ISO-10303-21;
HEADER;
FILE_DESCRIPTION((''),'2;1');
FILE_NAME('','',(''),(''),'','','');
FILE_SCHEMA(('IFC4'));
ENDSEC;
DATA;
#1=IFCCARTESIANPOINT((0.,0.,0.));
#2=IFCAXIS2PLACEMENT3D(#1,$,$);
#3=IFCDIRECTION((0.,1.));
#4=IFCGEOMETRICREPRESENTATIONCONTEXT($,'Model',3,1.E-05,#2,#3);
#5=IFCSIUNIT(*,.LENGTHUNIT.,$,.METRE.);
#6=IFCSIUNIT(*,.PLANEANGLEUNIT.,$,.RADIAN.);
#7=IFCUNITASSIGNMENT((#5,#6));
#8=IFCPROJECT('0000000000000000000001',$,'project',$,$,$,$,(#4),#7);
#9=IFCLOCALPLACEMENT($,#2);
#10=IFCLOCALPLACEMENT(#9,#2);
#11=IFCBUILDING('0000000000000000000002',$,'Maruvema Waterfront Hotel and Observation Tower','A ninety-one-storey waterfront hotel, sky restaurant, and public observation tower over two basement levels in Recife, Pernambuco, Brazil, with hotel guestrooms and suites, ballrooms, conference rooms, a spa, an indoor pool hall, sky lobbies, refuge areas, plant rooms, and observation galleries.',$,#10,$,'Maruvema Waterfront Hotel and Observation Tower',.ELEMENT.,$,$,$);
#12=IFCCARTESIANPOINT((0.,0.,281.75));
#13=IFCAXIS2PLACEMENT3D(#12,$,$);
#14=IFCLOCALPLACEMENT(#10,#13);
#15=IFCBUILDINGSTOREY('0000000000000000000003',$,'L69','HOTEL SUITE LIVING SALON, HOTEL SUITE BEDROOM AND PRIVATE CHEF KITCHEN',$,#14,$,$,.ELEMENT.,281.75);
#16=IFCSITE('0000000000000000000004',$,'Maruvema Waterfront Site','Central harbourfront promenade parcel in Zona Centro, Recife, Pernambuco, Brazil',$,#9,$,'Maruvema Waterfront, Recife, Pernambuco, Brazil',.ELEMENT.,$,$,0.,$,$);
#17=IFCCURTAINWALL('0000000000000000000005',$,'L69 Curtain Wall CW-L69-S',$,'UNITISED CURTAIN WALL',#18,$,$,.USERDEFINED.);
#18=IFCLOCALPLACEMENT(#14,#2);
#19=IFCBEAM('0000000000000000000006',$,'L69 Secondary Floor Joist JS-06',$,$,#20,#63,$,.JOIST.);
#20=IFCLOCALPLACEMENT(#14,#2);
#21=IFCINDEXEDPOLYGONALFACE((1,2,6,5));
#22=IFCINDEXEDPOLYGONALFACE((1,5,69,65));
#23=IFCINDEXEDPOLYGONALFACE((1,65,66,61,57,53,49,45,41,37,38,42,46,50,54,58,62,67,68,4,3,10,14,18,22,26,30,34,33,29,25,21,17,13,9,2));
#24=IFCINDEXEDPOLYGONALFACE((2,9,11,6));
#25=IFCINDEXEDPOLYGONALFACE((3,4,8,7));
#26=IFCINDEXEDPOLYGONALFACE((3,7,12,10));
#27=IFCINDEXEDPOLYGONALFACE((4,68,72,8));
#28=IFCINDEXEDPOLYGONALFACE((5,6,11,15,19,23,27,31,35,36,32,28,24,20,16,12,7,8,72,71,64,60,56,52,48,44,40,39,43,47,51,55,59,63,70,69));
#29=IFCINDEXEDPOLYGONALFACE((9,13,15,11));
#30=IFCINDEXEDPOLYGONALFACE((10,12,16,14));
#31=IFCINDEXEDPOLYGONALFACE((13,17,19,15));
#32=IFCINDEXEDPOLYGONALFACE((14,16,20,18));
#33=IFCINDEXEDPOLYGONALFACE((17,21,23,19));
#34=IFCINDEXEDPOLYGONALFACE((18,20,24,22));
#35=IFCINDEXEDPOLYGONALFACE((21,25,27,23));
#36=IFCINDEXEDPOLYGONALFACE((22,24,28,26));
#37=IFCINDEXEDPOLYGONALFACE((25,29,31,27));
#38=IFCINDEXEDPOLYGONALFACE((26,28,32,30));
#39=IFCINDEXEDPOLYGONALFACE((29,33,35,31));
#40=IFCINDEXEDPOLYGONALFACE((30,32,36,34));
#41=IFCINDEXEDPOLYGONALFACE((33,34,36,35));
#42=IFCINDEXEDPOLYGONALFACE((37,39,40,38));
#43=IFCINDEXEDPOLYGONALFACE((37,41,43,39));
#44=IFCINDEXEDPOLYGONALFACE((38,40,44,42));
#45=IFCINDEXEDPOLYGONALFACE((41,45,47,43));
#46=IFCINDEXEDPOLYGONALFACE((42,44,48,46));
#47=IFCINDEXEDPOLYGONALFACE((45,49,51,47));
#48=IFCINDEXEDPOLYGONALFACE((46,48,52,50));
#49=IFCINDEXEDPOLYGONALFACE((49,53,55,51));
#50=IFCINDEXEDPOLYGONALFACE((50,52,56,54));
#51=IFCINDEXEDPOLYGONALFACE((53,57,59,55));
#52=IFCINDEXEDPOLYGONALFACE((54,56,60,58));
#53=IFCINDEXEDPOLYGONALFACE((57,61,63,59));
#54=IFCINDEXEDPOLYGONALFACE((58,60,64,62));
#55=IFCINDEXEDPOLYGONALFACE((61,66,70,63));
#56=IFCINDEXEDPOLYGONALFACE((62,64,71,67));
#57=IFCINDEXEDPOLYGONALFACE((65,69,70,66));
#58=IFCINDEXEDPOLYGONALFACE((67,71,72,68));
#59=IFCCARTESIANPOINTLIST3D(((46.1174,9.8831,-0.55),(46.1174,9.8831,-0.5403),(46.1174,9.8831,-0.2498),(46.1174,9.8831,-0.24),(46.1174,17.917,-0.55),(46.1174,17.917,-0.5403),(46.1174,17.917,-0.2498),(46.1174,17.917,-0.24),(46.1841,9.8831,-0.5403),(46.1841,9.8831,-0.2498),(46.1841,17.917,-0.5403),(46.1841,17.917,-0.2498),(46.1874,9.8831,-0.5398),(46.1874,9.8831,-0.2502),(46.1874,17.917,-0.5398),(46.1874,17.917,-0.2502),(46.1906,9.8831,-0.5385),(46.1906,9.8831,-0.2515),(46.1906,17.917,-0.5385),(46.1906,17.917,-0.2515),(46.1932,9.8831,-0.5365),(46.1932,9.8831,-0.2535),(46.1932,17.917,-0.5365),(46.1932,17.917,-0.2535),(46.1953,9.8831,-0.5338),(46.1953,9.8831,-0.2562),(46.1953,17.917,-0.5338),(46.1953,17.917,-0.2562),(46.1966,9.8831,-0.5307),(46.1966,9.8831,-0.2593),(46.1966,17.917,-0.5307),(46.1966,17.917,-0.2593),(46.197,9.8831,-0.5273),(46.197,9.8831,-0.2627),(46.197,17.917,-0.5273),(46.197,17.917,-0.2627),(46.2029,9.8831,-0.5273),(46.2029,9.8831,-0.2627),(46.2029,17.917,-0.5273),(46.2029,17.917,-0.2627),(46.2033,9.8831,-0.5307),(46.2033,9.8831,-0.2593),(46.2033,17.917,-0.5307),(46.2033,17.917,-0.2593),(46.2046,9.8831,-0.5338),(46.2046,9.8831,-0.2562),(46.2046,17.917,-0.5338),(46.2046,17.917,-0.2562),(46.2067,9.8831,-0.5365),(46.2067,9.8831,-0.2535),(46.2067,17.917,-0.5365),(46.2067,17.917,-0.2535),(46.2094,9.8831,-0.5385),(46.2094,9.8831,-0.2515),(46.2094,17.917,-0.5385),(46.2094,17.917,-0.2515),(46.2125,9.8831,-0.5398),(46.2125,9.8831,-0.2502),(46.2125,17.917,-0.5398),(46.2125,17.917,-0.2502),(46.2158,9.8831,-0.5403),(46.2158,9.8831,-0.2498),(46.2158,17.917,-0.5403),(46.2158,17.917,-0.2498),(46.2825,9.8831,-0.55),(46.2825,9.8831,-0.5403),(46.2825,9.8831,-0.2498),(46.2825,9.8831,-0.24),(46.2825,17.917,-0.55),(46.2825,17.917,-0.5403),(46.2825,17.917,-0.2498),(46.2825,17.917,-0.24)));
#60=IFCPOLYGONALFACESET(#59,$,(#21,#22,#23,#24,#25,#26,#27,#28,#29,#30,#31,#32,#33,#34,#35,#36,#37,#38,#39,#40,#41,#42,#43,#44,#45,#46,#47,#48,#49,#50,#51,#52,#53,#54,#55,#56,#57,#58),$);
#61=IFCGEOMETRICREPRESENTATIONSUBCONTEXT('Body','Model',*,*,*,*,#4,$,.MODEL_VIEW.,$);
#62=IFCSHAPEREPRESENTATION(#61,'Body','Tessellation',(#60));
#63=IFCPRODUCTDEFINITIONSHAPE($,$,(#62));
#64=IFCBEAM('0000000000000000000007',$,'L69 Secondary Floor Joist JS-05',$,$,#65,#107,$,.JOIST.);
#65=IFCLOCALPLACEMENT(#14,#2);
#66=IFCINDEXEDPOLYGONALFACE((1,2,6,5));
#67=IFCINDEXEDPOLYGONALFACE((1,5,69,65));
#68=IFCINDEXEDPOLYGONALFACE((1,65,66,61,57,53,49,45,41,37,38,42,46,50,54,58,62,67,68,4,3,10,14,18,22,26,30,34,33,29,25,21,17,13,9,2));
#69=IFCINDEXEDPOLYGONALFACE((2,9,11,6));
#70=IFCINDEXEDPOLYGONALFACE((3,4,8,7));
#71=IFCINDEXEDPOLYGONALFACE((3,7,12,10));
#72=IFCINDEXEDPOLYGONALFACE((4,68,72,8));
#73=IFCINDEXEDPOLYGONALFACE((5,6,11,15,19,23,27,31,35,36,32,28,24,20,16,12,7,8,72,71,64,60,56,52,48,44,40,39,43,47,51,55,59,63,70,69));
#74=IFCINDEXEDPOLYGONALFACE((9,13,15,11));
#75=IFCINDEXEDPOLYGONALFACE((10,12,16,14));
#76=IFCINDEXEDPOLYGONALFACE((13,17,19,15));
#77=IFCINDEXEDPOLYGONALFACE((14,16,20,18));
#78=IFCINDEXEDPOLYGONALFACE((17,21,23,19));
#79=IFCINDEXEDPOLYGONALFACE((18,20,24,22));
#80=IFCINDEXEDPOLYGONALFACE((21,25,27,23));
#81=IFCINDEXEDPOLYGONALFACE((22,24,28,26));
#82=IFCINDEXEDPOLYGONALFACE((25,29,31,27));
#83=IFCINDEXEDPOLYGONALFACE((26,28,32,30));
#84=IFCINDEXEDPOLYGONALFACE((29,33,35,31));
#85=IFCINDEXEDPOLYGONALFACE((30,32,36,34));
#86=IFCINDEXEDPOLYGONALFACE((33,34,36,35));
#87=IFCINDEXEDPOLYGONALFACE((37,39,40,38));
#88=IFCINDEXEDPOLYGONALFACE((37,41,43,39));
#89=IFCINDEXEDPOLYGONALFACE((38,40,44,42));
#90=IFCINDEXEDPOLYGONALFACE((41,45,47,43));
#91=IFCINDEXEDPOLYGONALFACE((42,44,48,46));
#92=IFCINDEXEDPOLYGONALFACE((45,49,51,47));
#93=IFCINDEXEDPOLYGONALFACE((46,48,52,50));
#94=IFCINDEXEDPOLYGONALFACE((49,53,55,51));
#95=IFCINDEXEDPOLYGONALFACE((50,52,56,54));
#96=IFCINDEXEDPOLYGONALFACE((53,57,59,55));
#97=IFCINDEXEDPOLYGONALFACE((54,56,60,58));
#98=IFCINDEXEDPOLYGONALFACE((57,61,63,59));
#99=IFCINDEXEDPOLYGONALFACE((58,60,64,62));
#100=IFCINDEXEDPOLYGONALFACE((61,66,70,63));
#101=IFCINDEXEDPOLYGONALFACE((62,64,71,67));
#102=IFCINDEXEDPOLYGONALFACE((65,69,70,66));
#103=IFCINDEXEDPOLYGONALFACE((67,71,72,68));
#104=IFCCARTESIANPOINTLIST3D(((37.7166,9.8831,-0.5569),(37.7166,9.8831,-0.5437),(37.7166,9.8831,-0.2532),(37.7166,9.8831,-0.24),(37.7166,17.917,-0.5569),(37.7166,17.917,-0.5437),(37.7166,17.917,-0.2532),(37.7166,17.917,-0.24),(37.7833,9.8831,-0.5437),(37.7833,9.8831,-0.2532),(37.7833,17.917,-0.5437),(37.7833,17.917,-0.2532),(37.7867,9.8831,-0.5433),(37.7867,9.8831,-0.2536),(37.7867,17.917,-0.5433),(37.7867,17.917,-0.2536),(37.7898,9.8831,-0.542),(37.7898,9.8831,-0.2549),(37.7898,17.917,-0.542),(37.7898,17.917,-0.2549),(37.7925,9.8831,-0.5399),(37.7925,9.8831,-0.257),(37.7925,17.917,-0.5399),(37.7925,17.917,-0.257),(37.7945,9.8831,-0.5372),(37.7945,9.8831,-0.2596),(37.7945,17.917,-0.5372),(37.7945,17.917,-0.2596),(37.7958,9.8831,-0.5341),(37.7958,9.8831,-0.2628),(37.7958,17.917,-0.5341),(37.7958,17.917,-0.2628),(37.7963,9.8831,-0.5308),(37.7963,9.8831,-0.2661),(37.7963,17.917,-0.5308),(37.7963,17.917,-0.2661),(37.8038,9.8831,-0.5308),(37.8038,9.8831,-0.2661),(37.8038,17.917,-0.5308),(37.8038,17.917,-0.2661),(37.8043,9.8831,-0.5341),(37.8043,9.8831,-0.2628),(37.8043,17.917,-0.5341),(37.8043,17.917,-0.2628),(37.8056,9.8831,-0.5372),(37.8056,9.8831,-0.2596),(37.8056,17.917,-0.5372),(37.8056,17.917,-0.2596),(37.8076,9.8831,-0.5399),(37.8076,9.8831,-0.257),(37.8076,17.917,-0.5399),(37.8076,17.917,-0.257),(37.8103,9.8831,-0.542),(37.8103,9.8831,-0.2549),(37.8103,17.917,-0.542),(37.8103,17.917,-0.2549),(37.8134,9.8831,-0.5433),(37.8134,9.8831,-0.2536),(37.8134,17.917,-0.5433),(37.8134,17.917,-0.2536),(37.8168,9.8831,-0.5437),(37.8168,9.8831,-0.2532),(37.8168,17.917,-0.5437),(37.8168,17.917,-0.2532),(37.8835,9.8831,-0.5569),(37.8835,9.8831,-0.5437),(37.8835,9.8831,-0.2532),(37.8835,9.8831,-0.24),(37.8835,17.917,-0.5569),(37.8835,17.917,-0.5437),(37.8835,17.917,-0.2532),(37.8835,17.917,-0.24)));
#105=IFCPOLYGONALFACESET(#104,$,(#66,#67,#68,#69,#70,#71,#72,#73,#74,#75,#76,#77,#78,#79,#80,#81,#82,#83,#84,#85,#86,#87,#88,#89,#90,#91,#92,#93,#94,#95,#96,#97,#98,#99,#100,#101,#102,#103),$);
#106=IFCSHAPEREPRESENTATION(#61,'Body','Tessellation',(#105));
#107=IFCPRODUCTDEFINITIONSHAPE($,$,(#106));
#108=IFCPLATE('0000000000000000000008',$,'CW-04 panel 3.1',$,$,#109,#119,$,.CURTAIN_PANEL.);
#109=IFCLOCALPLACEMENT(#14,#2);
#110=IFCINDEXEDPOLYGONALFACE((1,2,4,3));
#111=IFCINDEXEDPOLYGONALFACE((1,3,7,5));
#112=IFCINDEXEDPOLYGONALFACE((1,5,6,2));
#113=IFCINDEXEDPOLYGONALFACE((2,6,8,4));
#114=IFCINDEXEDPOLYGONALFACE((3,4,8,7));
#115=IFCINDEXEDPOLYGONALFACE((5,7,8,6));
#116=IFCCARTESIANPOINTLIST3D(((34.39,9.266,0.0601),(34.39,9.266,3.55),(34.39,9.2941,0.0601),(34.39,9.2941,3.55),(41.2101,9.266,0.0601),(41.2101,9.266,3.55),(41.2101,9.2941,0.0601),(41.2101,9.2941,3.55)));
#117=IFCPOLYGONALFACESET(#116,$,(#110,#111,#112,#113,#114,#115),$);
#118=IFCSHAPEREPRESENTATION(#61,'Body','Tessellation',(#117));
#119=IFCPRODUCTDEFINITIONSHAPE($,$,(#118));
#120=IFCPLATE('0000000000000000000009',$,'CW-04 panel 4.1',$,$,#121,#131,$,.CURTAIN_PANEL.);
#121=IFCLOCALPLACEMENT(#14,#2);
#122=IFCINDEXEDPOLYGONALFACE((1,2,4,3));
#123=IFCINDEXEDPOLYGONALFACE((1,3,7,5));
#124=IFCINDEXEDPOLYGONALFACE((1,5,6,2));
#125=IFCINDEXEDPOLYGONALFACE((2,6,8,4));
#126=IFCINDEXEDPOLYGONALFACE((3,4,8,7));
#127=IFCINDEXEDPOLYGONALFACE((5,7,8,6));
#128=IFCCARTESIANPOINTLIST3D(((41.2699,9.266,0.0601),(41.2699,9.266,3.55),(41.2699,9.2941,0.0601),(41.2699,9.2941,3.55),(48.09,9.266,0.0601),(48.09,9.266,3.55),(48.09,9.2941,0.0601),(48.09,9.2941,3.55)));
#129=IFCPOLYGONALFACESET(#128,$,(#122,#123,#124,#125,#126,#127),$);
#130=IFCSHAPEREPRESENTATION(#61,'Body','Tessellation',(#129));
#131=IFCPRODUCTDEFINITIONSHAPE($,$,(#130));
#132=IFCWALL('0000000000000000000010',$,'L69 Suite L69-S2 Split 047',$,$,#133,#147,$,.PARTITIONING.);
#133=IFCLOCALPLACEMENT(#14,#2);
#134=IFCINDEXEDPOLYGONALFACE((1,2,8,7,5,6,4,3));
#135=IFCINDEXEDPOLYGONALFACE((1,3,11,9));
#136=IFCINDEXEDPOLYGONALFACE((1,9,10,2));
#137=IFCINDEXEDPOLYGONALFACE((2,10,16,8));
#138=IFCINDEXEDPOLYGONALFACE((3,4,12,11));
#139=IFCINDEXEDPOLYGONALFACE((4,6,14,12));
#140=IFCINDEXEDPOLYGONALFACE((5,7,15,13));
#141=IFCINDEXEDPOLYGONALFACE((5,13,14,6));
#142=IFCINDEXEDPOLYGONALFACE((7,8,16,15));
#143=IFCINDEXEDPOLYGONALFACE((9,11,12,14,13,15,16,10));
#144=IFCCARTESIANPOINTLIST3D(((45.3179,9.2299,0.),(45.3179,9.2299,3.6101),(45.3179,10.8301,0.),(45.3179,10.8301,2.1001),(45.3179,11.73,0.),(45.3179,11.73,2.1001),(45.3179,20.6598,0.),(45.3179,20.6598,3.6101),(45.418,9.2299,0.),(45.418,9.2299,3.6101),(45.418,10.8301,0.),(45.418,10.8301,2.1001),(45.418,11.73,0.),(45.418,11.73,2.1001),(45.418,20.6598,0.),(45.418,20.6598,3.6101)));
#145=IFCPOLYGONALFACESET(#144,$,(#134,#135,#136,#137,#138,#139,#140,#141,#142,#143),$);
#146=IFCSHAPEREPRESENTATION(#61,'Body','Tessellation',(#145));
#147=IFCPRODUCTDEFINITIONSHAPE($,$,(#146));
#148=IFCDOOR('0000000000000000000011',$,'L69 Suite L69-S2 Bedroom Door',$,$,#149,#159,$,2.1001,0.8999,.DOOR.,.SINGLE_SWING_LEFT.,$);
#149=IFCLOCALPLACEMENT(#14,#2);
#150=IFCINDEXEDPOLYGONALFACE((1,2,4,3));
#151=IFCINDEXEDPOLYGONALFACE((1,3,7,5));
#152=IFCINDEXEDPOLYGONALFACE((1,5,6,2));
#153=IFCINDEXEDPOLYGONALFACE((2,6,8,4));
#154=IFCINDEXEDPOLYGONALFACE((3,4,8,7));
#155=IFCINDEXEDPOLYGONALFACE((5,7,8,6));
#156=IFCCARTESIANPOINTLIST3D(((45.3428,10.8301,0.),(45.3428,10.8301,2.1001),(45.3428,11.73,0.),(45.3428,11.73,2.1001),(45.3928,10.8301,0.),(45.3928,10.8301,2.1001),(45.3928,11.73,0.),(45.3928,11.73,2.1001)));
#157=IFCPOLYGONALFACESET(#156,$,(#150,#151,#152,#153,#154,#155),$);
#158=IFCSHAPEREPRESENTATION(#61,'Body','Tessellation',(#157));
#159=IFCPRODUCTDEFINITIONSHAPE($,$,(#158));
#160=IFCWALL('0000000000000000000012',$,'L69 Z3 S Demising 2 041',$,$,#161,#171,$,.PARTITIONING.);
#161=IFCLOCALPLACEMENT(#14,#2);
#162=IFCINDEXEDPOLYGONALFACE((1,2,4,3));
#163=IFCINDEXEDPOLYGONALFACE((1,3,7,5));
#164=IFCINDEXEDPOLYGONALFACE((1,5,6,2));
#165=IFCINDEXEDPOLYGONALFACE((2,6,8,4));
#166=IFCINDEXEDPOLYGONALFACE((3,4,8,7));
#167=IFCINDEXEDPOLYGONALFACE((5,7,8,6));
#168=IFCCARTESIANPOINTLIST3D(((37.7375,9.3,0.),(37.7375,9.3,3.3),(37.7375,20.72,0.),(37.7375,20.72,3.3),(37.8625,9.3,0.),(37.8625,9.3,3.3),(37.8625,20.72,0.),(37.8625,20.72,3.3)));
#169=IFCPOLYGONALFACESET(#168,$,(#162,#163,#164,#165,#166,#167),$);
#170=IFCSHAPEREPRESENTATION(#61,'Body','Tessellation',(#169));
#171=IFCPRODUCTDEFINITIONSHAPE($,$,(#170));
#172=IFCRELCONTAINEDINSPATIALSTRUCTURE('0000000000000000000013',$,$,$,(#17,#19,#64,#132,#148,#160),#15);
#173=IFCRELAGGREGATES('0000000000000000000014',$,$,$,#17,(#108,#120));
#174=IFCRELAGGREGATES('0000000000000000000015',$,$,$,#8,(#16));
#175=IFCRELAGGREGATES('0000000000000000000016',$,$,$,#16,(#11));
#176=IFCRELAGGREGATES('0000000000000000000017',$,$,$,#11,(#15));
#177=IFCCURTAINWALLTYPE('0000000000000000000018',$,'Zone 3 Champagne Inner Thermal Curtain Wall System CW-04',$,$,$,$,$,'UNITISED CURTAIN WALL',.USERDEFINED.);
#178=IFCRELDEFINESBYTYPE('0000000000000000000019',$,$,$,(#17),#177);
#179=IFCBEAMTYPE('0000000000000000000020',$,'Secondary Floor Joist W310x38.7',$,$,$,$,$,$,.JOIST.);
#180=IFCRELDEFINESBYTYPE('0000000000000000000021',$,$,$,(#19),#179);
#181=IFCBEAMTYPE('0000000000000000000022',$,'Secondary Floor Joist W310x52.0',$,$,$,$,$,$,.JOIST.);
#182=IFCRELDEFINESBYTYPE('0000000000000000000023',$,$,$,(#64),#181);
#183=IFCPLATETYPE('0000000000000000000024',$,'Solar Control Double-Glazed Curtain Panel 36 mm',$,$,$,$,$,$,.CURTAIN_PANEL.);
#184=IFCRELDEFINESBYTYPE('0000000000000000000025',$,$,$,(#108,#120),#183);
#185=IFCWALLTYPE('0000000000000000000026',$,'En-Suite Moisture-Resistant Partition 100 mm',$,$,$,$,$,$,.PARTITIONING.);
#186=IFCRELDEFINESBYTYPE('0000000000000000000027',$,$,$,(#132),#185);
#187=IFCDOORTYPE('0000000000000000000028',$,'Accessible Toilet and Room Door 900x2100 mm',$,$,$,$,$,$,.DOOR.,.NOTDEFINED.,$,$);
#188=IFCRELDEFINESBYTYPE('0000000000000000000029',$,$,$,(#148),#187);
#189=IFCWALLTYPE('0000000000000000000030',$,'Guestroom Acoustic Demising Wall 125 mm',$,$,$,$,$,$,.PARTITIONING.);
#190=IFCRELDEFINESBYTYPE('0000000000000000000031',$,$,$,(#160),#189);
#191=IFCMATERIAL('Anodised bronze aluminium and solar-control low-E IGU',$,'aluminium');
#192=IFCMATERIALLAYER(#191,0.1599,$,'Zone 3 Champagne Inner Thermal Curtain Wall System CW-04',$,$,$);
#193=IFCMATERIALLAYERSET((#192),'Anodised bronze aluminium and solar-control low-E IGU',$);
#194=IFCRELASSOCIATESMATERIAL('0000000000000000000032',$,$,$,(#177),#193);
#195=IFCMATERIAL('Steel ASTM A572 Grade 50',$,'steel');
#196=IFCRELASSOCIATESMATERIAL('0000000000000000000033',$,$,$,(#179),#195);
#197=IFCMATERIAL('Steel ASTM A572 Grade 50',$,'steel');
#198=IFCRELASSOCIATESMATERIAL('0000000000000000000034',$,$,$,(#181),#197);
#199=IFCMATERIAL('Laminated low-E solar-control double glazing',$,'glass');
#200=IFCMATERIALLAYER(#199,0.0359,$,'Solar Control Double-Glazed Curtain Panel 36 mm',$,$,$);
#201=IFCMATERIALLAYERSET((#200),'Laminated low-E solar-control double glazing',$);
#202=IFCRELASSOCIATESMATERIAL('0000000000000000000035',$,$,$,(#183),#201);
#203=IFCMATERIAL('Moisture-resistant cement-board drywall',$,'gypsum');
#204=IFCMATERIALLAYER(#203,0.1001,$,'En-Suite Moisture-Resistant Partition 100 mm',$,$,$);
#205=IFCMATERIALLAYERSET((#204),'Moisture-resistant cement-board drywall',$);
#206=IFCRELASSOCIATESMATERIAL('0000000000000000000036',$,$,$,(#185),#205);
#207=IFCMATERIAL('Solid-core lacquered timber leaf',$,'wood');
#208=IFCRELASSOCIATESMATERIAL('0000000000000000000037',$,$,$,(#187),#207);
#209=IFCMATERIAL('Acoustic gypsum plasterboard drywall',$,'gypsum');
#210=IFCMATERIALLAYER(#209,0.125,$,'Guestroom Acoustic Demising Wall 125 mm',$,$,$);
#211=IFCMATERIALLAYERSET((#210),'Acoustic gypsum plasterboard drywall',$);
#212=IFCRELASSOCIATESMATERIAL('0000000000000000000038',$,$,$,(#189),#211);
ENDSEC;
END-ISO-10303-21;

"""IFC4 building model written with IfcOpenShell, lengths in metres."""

from ifc_helpers import new_model, si_unit, direction, frame, frame_2d, origin, origin_2d, place, context, subcontext, project, spatial, rectangle, i_section, extrude, material, layer, layer_set, material_profile, profile_set, type_object, element, fill, aggregate, save


model = new_model("IFC4")

# Units and contexts
model_context = context("Model", 3, precision=1e-05, world=origin(), true_north=direction((0.0, 1.0)))
body_context = subcontext(model_context, "Body", "Model", "MODEL_VIEW")
ifc_project = project(units=[si_unit("LENGTHUNIT", "METRE"), si_unit("PLANEANGLEUNIT", "RADIAN")], contexts=[model_context])

# Site, building, storey
site_placement = place(None, origin())
site = spatial("IfcSite", under=ifc_project, at=site_placement, Name="Maruvema Waterfront Site", Description="Central harbourfront promenade parcel in Zona Centro, Recife, Pernambuco, Brazil", LongName="Maruvema Waterfront, Recife, Pernambuco, Brazil", CompositionType="ELEMENT", RefElevation=0.0)
building_placement = place(site_placement, origin())
building = spatial("IfcBuilding", under=site, at=building_placement, Name="Maruvema Waterfront Hotel and Observation Tower", Description="A ninety-one-storey waterfront hotel, sky restaurant, and public observation tower over two basement levels in Recife, Pernambuco, Brazil, with hotel guestrooms and suites, ballrooms, conference rooms, a spa, an indoor pool hall, sky lobbies, refuge areas, plant rooms, and observation galleries.", LongName="Maruvema Waterfront Hotel and Observation Tower", CompositionType="ELEMENT")
storey_placement = place(building_placement, frame((0.0, 0.0, 281.75)))
storey = spatial("IfcBuildingStorey", under=building, at=storey_placement, Name="L69", Description="HOTEL SUITE LIVING SALON, HOTEL SUITE BEDROOM AND PRIVATE CHEF KITCHEN", CompositionType="ELEMENT", Elevation=281.75)

# Curtain wall
ifc_material_1 = material(Name="Anodised bronze aluminium and solar-control low-E IGU", Category="aluminium")
ifc_layer_1 = layer(ifc_material_1, 0.1599, Name="Zone 3 Champagne Inner Thermal Curtain Wall System CW-04")
ifc_layer_set_1 = layer_set([ifc_layer_1], Name="Anodised bronze aluminium and solar-control low-E IGU")
curtain_wall_type = type_object("IfcCurtainWallType", Name="Zone 3 Champagne Inner Thermal Curtain Wall System CW-04", ElementType="UNITISED CURTAIN WALL", PredefinedType="USERDEFINED", material=ifc_layer_set_1)
curtain_wall_placement = place(storey_placement, origin())
curtain_wall = element("IfcCurtainWall", 1, at=curtain_wall_placement, inside=storey, type_object=curtain_wall_type, Name="L69 Curtain Wall CW-L69-S", ObjectType="UNITISED CURTAIN WALL", PredefinedType="USERDEFINED")

# Beams
ifc_material_2 = material(Name="Steel ASTM A572 Grade 50", Category="steel")
ifc_material_profile_1 = material_profile(ifc_material_2, i_section(OverallWidth=0.165, OverallDepth=0.3101, WebThickness=0.0059, FlangeThickness=0.0098, FilletRadius=0.0129, at=origin_2d()), Name="W310x38.7")
ifc_profile_set_1 = profile_set([ifc_material_profile_1], Name="Steel ASTM A572 Grade 50")
beam_type_1 = type_object("IfcBeamType", Name="Secondary Floor Joist W310x38.7", PredefinedType="JOIST", material=ifc_profile_set_1)
beam_1_placement = place(storey_placement, frame((46.2, 9.8831, -0.395), z_axis=(0.0, 1.0, 0.0), x_axis=(-1.0, 0.0, 0.0)))
element("IfcBeam", 2, at=beam_1_placement, inside=storey, type_object=beam_type_1, Name="L69 Secondary Floor Joist JS-06", PredefinedType="JOIST", context=body_context, shape_type="SweptSolid", body=[
    extrude(i_section(OverallWidth=0.165, OverallDepth=0.3101, WebThickness=0.0059, FlangeThickness=0.0098, FilletRadius=0.0129, at=origin_2d()), origin(), (0.0, 0.0, 1.0), 8.0339),
])
ifc_material_3 = material(Name="Steel ASTM A572 Grade 50", Category="steel")
ifc_material_profile_2 = material_profile(ifc_material_3, i_section(OverallWidth=0.167, OverallDepth=0.3169, WebThickness=0.0076, FlangeThickness=0.0132, FilletRadius=0.0129, at=origin_2d()), Name="W310x52.0")
ifc_profile_set_2 = profile_set([ifc_material_profile_2], Name="Steel ASTM A572 Grade 50")
beam_type_2 = type_object("IfcBeamType", Name="Secondary Floor Joist W310x52.0", PredefinedType="JOIST", material=ifc_profile_set_2)
beam_2_placement = place(storey_placement, frame((37.8, 9.8831, -0.3984), z_axis=(0.0, 1.0, 0.0), x_axis=(-1.0, 0.0, 0.0)))
element("IfcBeam", 3, at=beam_2_placement, inside=storey, type_object=beam_type_2, Name="L69 Secondary Floor Joist JS-05", PredefinedType="JOIST", context=body_context, shape_type="SweptSolid", body=[
    extrude(i_section(OverallWidth=0.167, OverallDepth=0.3169, WebThickness=0.0076, FlangeThickness=0.0132, FilletRadius=0.0129, at=origin_2d()), origin(), (0.0, 0.0, 1.0), 8.0339),
])

# Plates
ifc_material_4 = material(Name="Laminated low-E solar-control double glazing", Category="glass")
ifc_layer_2 = layer(ifc_material_4, 0.0359, Name="Solar Control Double-Glazed Curtain Panel 36 mm")
ifc_layer_set_2 = layer_set([ifc_layer_2], Name="Laminated low-E solar-control double glazing")
plate_type = type_object("IfcPlateType", Name="Solar Control Double-Glazed Curtain Panel 36 mm", PredefinedType="CURTAIN_PANEL", material=ifc_layer_set_2)
plate_1_placement = place(storey_placement, frame((37.8, 9.28, 0.0601), z_axis=(0.0, 0.0, 1.0), x_axis=(1.0, 0.0, 0.0)))
plate_1 = element("IfcPlate", 4, at=plate_1_placement, type_object=plate_type, Name="CW-04 panel 3.1", PredefinedType="CURTAIN_PANEL", context=body_context, shape_type="SweptSolid", body=[
    extrude(rectangle(XDim=6.8201, YDim=0.0281, at=origin_2d()), origin(), (0.0, 0.0, 1.0), 3.49),
])
plate_2_placement = place(storey_placement, frame((44.6799, 9.28, 0.0601), z_axis=(0.0, 0.0, 1.0), x_axis=(1.0, 0.0, 0.0)))
plate_2 = element("IfcPlate", 5, at=plate_2_placement, type_object=plate_type, Name="CW-04 panel 4.1", PredefinedType="CURTAIN_PANEL", context=body_context, shape_type="SweptSolid", body=[
    extrude(rectangle(XDim=6.8201, YDim=0.0281, at=origin_2d()), origin(), (0.0, 0.0, 1.0), 3.49),
])
aggregate(curtain_wall, [plate_1, plate_2])

# Wall, opening, door
ifc_material_5 = material(Name="Moisture-resistant cement-board drywall", Category="gypsum")
ifc_layer_3 = layer(ifc_material_5, 0.1001, Name="En-Suite Moisture-Resistant Partition 100 mm")
ifc_layer_set_3 = layer_set([ifc_layer_3], Name="Moisture-resistant cement-board drywall")
wall_type_1 = type_object("IfcWallType", Name="En-Suite Moisture-Resistant Partition 100 mm", PredefinedType="PARTITIONING", material=ifc_layer_set_3)
wall_1_placement = place(storey_placement, frame((45.3679, 9.23, 0.0), z_axis=(0.0, 0.0, 1.0), x_axis=(0.0, 1.0, 0.0)))
wall_1 = element("IfcWall", 6, at=wall_1_placement, inside=storey, type_object=wall_type_1, Name="L69 Suite L69-S2 Split 047", PredefinedType="PARTITIONING", context=body_context, shape_type="SweptSolid", body=[
    extrude(rectangle(XDim=11.4299, YDim=0.1001, at=frame_2d((5.7148, 0.0))), origin(), (0.0, 0.0, 1.0), 3.6101),
])
opening_placement = place(wall_1_placement, frame((1.6001, 0.0, 0.0)))
opening = element("IfcOpeningElement", 7, at=opening_placement, cuts=wall_1, PredefinedType="OPENING", context=body_context, shape_type="SweptSolid", body=[
    extrude(rectangle(XDim=0.8999, YDim=2.1001, at=frame_2d((0.45, 1.05))), frame((0.0, 0.0601, 0.0), z_axis=(0.0, -1.0, 0.0), x_axis=(1.0, 0.0, 0.0)), (0.0, 0.0, 1.0), 0.1201),
])
ifc_material_6 = material(Name="Solid-core lacquered timber leaf", Category="wood")
door_type = type_object("IfcDoorType", Name="Accessible Toilet and Room Door 900x2100 mm", OperationType="NOTDEFINED", PredefinedType="DOOR", material=ifc_material_6)
door_placement = place(opening_placement, frame((0.8999, 0.0, 0.0), z_axis=(0.0, 0.0, 1.0), x_axis=(-1.0, 0.0, 0.0)))
door = element("IfcDoor", 8, at=door_placement, inside=storey, type_object=door_type, Name="L69 Suite L69-S2 Bedroom Door", OperationType="SINGLE_SWING_LEFT", OverallHeight=2.1001, OverallWidth=0.8999, PredefinedType="DOOR", context=body_context, shape_type="SweptSolid", body=[
    extrude(rectangle(XDim=0.8999, YDim=2.1001, at=frame_2d((0.45, 1.05))), frame((0.0, 0.0249, 0.0), z_axis=(0.0, -1.0, 0.0), x_axis=(1.0, 0.0, 0.0)), (0.0, 0.0, 1.0), 0.05),
])
fill(opening, door)

# Wall
ifc_material_7 = material(Name="Acoustic gypsum plasterboard drywall", Category="gypsum")
ifc_layer_4 = layer(ifc_material_7, 0.125, Name="Guestroom Acoustic Demising Wall 125 mm")
ifc_layer_set_4 = layer_set([ifc_layer_4], Name="Acoustic gypsum plasterboard drywall")
wall_type_2 = type_object("IfcWallType", Name="Guestroom Acoustic Demising Wall 125 mm", PredefinedType="PARTITIONING", material=ifc_layer_set_4)
wall_2_placement = place(storey_placement, frame((37.8, 9.3, 0.0), z_axis=(0.0, 0.0, 1.0), x_axis=(0.0, 1.0, 0.0)))
element("IfcWall", 9, at=wall_2_placement, inside=storey, type_object=wall_type_2, Name="L69 Z3 S Demising 2 041", PredefinedType="PARTITIONING", context=body_context, shape_type="SweptSolid", body=[
    extrude(rectangle(XDim=11.4199, YDim=0.125, at=frame_2d((5.71, 0.0))), origin(), (0.0, 0.0, 1.0), 3.3),
])

save(model, "model.ifc")
